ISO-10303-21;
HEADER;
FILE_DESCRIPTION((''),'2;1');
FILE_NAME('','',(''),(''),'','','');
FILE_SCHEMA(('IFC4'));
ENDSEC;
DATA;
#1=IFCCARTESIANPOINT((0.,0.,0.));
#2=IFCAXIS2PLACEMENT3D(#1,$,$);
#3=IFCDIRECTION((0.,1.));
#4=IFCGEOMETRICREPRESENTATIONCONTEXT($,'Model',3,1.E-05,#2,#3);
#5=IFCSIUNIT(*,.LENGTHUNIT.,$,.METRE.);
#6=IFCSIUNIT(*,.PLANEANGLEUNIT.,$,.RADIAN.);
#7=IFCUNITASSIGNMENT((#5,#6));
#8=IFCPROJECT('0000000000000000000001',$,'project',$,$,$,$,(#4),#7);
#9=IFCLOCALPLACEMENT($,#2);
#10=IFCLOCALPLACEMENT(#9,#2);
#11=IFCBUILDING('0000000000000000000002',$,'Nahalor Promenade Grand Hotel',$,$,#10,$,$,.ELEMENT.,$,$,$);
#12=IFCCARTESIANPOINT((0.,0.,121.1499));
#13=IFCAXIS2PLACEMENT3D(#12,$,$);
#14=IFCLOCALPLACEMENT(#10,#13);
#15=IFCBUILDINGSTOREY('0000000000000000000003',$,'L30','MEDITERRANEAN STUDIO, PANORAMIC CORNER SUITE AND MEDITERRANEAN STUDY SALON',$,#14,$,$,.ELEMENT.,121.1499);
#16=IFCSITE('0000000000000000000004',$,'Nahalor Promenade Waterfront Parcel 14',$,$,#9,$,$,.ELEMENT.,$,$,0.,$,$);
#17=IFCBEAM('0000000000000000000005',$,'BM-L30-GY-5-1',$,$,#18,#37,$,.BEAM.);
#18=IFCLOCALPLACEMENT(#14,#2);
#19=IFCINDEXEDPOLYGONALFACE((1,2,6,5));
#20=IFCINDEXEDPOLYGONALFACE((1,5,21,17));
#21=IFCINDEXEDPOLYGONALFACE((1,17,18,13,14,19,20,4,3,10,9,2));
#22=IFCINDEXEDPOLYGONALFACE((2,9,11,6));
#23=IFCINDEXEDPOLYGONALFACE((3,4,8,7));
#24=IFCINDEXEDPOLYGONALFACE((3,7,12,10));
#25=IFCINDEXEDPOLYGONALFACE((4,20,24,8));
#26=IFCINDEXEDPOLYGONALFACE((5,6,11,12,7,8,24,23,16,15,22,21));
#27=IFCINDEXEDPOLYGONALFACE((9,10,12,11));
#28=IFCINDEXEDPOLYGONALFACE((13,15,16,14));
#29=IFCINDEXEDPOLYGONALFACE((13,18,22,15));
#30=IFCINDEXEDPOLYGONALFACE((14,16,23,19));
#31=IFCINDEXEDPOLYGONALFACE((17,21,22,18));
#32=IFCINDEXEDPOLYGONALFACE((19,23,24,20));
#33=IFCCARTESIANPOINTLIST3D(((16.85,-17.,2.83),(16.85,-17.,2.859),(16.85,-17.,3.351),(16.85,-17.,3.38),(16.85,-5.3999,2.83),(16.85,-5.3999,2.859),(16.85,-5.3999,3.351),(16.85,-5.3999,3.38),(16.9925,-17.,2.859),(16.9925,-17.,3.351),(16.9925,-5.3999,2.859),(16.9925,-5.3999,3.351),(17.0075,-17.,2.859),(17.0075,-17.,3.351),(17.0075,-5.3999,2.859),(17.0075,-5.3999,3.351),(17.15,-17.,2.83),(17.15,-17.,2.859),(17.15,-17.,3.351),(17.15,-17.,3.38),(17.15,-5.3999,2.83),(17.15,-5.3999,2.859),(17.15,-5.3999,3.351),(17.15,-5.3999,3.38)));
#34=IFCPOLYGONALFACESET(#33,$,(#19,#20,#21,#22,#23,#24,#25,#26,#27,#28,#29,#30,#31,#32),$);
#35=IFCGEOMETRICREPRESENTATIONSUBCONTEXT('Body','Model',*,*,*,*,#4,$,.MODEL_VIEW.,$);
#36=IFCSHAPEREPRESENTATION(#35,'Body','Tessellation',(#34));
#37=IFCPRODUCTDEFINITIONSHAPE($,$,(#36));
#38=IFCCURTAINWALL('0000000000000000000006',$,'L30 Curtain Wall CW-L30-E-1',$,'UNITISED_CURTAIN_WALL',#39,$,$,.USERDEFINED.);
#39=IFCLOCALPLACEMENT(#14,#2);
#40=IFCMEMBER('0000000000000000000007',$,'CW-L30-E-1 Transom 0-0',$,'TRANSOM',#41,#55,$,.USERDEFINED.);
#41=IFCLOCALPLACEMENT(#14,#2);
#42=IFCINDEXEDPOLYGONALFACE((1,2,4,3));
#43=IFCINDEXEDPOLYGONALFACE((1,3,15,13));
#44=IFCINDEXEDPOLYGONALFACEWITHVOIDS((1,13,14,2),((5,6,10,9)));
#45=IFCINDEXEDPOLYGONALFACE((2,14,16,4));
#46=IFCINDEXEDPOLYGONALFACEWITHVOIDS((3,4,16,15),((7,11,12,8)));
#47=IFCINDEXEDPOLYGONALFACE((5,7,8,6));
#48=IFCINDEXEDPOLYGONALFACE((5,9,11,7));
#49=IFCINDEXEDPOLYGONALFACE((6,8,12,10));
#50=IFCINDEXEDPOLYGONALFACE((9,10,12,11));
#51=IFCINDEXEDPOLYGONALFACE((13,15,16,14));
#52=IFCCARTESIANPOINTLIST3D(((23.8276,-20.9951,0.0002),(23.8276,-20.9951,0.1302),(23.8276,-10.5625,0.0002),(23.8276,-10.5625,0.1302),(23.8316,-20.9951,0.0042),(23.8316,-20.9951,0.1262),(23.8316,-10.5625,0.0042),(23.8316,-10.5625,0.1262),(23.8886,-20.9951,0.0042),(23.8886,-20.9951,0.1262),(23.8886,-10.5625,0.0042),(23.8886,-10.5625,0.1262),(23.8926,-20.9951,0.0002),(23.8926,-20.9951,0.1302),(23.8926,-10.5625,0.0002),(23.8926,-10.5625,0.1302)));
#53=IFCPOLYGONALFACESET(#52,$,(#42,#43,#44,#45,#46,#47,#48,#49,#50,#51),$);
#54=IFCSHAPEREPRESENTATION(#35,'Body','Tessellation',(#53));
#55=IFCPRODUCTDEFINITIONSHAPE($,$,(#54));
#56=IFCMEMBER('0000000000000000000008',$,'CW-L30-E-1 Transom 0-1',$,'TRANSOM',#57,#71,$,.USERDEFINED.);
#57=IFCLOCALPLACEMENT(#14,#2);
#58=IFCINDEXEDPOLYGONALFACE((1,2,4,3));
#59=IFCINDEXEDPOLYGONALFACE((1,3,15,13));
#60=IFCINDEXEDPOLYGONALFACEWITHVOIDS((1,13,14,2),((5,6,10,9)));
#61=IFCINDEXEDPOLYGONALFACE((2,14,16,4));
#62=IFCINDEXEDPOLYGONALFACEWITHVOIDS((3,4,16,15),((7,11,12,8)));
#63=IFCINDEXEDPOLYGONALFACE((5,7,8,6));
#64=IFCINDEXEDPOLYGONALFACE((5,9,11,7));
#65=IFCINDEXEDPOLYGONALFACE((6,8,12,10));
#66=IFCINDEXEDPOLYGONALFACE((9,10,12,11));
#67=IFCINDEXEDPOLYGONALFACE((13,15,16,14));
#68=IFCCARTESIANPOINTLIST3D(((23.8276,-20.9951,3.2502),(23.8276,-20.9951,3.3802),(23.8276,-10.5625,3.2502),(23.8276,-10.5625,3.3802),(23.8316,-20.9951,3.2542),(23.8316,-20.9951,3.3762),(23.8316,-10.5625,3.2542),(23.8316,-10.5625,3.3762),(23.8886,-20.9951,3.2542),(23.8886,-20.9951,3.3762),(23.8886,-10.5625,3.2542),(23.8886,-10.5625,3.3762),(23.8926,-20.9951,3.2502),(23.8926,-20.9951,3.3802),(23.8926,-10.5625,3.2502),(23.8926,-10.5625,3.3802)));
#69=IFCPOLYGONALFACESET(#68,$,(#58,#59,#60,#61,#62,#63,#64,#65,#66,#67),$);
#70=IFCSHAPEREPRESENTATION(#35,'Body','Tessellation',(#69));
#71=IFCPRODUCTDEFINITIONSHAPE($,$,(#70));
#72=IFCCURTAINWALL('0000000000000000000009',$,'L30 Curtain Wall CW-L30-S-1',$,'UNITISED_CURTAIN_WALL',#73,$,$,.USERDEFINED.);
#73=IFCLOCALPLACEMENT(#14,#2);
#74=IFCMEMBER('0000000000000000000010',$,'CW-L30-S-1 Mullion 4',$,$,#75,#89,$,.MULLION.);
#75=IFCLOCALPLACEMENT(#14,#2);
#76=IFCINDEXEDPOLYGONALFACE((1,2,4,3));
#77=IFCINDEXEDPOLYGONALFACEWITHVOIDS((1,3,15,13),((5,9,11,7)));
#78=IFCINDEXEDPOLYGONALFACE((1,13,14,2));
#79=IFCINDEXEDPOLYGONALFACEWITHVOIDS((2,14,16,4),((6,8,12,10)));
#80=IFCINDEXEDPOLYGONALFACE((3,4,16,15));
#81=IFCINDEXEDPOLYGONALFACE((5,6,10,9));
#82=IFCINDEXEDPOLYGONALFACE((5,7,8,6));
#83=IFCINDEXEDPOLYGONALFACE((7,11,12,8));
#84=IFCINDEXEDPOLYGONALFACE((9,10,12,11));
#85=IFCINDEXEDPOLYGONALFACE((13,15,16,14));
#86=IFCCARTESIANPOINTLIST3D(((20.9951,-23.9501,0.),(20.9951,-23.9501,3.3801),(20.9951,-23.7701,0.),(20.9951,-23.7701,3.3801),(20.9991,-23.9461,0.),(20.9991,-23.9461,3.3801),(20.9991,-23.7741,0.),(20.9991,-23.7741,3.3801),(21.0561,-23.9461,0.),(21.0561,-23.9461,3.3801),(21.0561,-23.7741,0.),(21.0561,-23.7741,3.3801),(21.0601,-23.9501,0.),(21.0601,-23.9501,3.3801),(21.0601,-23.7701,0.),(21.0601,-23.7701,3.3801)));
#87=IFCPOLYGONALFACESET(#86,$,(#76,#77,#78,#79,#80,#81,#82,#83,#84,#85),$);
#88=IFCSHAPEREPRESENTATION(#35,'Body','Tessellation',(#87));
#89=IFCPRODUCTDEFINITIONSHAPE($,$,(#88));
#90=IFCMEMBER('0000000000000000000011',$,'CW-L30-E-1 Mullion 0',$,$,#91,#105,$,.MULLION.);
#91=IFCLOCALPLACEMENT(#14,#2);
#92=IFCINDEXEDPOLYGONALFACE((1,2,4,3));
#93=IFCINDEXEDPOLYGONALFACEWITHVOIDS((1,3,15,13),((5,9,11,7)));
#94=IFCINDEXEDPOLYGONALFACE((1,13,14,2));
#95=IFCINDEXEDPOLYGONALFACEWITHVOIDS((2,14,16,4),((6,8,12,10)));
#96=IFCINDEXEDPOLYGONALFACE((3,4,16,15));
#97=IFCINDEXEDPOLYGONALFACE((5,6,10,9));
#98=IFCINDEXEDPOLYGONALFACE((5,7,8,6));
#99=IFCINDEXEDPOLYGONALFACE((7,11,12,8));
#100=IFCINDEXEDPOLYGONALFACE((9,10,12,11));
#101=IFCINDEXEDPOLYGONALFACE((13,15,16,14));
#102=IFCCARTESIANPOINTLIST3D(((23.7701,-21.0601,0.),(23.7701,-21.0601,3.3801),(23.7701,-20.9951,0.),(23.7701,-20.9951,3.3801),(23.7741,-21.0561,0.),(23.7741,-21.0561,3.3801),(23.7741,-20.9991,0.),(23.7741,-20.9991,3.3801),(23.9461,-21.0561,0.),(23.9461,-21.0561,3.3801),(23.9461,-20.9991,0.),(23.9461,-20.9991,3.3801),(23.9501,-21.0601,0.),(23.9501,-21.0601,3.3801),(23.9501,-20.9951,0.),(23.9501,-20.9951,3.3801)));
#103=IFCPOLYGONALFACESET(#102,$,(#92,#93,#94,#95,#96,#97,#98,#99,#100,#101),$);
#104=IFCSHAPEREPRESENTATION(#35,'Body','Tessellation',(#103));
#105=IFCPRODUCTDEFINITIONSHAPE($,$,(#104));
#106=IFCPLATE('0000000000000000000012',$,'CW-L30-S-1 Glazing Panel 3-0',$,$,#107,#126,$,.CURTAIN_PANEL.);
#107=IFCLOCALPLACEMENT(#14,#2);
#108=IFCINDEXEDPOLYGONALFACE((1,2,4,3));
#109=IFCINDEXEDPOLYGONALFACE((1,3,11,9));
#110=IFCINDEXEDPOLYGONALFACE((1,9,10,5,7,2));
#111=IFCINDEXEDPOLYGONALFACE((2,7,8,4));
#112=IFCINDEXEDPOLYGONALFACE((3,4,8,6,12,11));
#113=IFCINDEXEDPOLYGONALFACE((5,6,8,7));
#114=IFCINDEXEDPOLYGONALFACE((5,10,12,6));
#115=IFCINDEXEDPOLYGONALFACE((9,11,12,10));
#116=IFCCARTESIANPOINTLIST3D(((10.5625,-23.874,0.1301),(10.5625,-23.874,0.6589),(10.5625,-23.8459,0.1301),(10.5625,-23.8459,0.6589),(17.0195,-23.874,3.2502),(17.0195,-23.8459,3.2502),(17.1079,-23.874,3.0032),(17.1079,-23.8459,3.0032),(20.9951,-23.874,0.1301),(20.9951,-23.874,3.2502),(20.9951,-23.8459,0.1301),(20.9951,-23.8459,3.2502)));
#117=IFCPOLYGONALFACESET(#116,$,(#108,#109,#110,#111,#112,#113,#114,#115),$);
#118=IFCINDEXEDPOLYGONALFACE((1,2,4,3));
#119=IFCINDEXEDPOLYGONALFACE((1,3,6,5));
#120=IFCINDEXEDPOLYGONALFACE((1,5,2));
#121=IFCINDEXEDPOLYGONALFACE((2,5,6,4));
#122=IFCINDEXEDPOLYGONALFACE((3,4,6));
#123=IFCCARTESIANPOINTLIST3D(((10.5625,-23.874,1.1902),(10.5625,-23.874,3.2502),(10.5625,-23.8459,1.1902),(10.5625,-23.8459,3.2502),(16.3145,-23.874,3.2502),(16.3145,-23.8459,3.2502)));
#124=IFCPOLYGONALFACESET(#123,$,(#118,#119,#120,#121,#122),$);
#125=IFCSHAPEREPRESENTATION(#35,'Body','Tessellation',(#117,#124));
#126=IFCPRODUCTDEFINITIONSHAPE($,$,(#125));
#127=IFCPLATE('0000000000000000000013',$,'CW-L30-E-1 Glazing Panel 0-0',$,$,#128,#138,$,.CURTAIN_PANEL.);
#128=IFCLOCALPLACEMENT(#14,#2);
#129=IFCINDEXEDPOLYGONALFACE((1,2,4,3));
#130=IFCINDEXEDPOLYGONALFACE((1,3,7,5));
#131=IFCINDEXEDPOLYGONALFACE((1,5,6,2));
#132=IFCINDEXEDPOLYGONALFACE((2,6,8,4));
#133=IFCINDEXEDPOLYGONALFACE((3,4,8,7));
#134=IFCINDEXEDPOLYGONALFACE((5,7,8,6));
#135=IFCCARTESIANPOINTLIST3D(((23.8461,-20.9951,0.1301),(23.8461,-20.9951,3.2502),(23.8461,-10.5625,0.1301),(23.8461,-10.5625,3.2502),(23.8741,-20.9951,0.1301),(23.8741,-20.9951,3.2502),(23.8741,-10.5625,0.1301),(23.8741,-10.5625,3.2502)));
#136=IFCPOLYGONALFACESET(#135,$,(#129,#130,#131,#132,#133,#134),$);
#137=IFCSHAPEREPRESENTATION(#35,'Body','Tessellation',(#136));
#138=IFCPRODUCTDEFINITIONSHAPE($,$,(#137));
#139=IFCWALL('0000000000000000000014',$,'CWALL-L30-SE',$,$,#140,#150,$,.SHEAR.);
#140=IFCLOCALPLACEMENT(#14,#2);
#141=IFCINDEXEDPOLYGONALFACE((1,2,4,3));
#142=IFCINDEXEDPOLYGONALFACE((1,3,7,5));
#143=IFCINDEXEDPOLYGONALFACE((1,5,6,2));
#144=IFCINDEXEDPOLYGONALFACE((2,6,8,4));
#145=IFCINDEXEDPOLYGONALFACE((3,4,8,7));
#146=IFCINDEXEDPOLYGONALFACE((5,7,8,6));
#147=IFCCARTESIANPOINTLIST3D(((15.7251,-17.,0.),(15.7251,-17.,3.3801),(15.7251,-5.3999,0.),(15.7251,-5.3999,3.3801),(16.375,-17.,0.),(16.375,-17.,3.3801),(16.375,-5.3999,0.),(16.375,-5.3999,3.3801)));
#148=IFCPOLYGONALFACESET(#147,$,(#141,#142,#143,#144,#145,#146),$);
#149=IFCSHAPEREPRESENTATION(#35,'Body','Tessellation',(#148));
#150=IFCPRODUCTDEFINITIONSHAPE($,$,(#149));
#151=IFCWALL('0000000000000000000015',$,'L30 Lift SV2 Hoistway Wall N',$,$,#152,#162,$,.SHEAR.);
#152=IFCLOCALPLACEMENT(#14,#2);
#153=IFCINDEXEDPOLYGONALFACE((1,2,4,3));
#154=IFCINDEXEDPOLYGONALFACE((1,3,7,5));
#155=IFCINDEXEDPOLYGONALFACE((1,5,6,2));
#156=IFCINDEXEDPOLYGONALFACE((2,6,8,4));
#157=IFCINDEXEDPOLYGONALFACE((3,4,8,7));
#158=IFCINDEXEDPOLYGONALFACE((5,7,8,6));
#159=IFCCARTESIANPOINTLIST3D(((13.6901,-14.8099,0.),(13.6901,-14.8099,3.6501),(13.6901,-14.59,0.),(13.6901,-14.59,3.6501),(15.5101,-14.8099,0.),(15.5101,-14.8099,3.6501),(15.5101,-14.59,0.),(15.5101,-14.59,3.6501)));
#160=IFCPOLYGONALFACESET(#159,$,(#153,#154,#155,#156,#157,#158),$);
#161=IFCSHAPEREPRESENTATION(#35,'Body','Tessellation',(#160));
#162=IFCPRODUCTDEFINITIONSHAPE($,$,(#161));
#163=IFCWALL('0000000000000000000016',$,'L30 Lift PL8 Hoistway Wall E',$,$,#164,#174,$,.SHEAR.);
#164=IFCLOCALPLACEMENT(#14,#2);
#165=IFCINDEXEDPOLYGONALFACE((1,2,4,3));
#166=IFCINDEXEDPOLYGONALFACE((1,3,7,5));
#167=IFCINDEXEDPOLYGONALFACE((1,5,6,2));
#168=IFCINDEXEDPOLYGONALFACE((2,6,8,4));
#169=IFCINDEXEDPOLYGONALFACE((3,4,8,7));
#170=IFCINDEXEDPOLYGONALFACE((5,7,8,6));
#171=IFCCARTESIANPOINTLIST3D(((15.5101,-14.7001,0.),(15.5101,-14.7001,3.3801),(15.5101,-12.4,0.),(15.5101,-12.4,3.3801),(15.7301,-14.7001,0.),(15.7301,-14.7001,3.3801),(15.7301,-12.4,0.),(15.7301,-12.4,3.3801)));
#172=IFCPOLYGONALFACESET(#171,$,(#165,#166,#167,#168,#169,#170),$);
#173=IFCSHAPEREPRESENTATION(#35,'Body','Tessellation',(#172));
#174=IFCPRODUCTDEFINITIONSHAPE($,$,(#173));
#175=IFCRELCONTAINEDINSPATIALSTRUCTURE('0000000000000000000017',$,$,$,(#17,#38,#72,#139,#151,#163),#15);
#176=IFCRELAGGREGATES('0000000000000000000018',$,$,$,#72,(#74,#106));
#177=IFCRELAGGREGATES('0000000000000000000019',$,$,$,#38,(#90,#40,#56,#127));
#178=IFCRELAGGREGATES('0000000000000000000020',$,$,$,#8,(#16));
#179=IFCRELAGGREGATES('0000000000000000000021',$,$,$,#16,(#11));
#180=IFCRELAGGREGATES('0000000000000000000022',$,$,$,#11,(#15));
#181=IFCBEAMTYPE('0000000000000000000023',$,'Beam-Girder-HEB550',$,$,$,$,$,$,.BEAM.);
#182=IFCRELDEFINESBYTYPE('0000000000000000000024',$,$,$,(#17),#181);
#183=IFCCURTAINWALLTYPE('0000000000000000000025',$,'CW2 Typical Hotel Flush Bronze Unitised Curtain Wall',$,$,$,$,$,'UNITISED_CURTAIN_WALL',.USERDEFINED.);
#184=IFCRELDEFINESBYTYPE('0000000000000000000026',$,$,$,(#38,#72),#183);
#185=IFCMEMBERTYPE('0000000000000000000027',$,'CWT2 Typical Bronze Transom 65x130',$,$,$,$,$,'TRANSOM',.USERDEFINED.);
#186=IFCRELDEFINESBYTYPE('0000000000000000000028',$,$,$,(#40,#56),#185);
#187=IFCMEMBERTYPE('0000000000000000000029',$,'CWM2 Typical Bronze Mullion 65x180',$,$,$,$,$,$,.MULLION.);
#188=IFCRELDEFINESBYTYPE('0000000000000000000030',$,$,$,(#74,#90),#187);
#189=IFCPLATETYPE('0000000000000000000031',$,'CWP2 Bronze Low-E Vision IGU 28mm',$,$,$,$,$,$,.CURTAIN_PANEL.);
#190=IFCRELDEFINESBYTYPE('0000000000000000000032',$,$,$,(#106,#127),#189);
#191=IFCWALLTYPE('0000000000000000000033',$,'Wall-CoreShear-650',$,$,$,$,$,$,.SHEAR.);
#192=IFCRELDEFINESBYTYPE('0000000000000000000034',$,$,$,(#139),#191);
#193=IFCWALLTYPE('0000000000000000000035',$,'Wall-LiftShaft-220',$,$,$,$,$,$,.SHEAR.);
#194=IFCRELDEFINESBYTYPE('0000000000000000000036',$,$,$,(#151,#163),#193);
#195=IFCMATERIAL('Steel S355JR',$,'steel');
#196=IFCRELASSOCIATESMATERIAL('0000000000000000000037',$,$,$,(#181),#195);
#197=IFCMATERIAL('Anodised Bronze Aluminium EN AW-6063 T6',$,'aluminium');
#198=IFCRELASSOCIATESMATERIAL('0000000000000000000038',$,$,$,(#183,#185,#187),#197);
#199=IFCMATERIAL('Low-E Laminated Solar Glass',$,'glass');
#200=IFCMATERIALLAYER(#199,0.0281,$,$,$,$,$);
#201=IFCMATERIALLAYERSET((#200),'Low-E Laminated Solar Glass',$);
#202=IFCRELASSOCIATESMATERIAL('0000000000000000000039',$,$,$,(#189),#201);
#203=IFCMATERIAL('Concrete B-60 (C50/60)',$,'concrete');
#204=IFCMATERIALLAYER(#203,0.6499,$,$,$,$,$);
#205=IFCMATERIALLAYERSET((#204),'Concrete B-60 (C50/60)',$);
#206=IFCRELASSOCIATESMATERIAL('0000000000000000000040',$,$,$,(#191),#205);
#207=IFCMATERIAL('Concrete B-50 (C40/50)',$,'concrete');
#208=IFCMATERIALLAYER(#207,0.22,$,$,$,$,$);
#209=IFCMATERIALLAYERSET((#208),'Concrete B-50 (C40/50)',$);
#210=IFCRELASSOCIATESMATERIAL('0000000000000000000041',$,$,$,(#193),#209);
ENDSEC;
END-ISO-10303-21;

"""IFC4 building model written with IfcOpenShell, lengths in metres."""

from ifc_helpers import new_model, si_unit, direction, frame, frame_2d, origin, origin_2d, place, context, subcontext, project, spatial, polyline, rectangle, hollow_rectangle, i_section, outline, extrude, source, transform, mapped, material, layer, layer_set, material_profile, profile_set, type_object, element, aggregate, save


model = new_model("IFC4")

# Units and contexts
model_context = context("Model", 3, precision=1e-05, world=origin(), true_north=direction((0.0, 1.0)))
body_context = subcontext(model_context, "Body", "Model", "MODEL_VIEW")
ifc_project = project(units=[si_unit("LENGTHUNIT", "METRE"), si_unit("PLANEANGLEUNIT", "RADIAN")], contexts=[model_context])

# Site, building, storey
site_placement = place(None, origin())
site = spatial("IfcSite", under=ifc_project, at=site_placement, Name="Nahalor Promenade Waterfront Parcel 14", CompositionType="ELEMENT", RefElevation=0.0)
building_placement = place(site_placement, origin())
building = spatial("IfcBuilding", under=site, at=building_placement, Name="Nahalor Promenade Grand Hotel", CompositionType="ELEMENT")
storey_placement = place(building_placement, frame((0.0, 0.0, 121.1499)))
storey = spatial("IfcBuildingStorey", under=building, at=storey_placement, Name="L30", Description="MEDITERRANEAN STUDIO, PANORAMIC CORNER SUITE AND MEDITERRANEAN STUDY SALON", CompositionType="ELEMENT", Elevation=121.1499)

# Shared definitions
ifc_material_1 = material(Name="Concrete B-60 (C50/60)", Category="concrete")

# Beam
ifc_material_2 = material(Name="Steel S355JR", Category="steel")
ifc_material_profile_1 = material_profile(ifc_material_2, i_section(OverallWidth=0.3, OverallDepth=0.55, WebThickness=0.015, FlangeThickness=0.029, at=origin_2d()), Name="HEB 550")
ifc_profile_set_1 = profile_set([ifc_material_profile_1], Name="Steel S355JR")
beam_type_1 = type_object("IfcBeamType", Name="Beam-Girder-HEB550", PredefinedType="BEAM", material=ifc_profile_set_1)
shared_shape_1 = source(origin(), body_context, "Body", "SweptSolid", [
    extrude(i_section(OverallWidth=0.3, OverallDepth=0.55, WebThickness=0.015, FlangeThickness=0.029, at=origin_2d()), origin(), (0.0, 0.0, 1.0), 11.6001),
])
beam_1_placement = place(storey_placement, frame((17.0, -17.0, 3.105), z_axis=(0.0, 1.0, 0.0), x_axis=(-1.0, 0.0, 0.0)))
element("IfcBeam", 1, at=beam_1_placement, inside=storey, type_object=beam_type_1, Name="BM-L30-GY-5-1", PredefinedType="BEAM", context=body_context, shape_type="MappedRepresentation", body=[
    mapped(shared_shape_1, transform((0.0, 0.0, 0.0), scale=1.0)),
])

# Curtain wall, members
ifc_material_3 = material(Name="Anodised Bronze Aluminium EN AW-6063 T6", Category="aluminium")
curtain_wall_type = type_object("IfcCurtainWallType", Name="CW2 Typical Hotel Flush Bronze Unitised Curtain Wall", ElementType="UNITISED_CURTAIN_WALL", PredefinedType="USERDEFINED", material=ifc_material_3)
curtain_wall_1_placement = place(storey_placement, origin())
curtain_wall_1 = element("IfcCurtainWall", 2, at=curtain_wall_1_placement, inside=storey, type_object=curtain_wall_type, Name="L30 Curtain Wall CW-L30-E-1", ObjectType="UNITISED_CURTAIN_WALL", PredefinedType="USERDEFINED")
ifc_material_profile_2 = material_profile(ifc_material_3, hollow_rectangle(XDim=0.065, YDim=0.13, WallThickness=0.004, at=origin_2d()), Name="CWT 65x130x4")
ifc_profile_set_2 = profile_set([ifc_material_profile_2], Name="Anodised Bronze Aluminium EN AW-6063 T6")
member_type_1 = type_object("IfcMemberType", Name="CWT2 Typical Bronze Transom 65x130", ElementType="TRANSOM", PredefinedType="USERDEFINED", material=ifc_profile_set_2)
shared_shape_2 = source(origin(), body_context, "Body", "SweptSolid", [
    extrude(hollow_rectangle(XDim=0.065, YDim=0.13, WallThickness=0.004, at=origin_2d()), origin(), (0.0, 0.0, 1.0), 10.4326),
])
member_1_placement = place(storey_placement, frame((23.8601, -20.9951, 0.0652), z_axis=(0.0, 1.0, 0.0), x_axis=(-1.0, 0.0, 0.0)))
member_1 = element("IfcMember", 3, at=member_1_placement, type_object=member_type_1, Name="CW-L30-E-1 Transom 0-0", ObjectType="TRANSOM", PredefinedType="USERDEFINED", context=body_context, shape_type="MappedRepresentation", body=[
    mapped(shared_shape_2, transform((0.0, 0.0, 0.0), scale=1.0)),
])
member_2_placement = place(storey_placement, frame((23.8601, -20.9951, 3.3152), z_axis=(0.0, 1.0, 0.0), x_axis=(-1.0, 0.0, 0.0)))
member_2 = element("IfcMember", 4, at=member_2_placement, type_object=member_type_1, Name="CW-L30-E-1 Transom 0-1", ObjectType="TRANSOM", PredefinedType="USERDEFINED", context=body_context, shape_type="MappedRepresentation", body=[
    mapped(shared_shape_2, transform((0.0, 0.0, 0.0), scale=1.0)),
])

# Curtain wall, member
curtain_wall_2_placement = place(storey_placement, origin())
curtain_wall_2 = element("IfcCurtainWall", 5, at=curtain_wall_2_placement, inside=storey, type_object=curtain_wall_type, Name="L30 Curtain Wall CW-L30-S-1", ObjectType="UNITISED_CURTAIN_WALL", PredefinedType="USERDEFINED")
ifc_material_profile_3 = material_profile(ifc_material_3, hollow_rectangle(XDim=0.065, YDim=0.18, WallThickness=0.004, at=origin_2d()), Name="CWM 65x180x4")
ifc_profile_set_3 = profile_set([ifc_material_profile_3], Name="Anodised Bronze Aluminium EN AW-6063 T6")
member_type_2 = type_object("IfcMemberType", Name="CWM2 Typical Bronze Mullion 65x180", PredefinedType="MULLION", material=ifc_profile_set_3)
shared_shape_3 = source(origin(), body_context, "Body", "SweptSolid", [
    extrude(hollow_rectangle(XDim=0.065, YDim=0.18, WallThickness=0.004, at=origin_2d()), origin(), (0.0, 0.0, 1.0), 3.3801),
])
member_3_placement = place(storey_placement, frame((21.0276, -23.8601, 0.0), z_axis=(0.0, 0.0, 1.0), x_axis=(1.0, 0.0, 0.0)))
member_3 = element("IfcMember", 6, at=member_3_placement, type_object=member_type_2, Name="CW-L30-S-1 Mullion 4", PredefinedType="MULLION", context=body_context, shape_type="MappedRepresentation", body=[
    mapped(shared_shape_3, transform((0.0, 0.0, 0.0), scale=1.0)),
])

# Member
member_4_placement = place(storey_placement, frame((23.8601, -21.0276, 0.0), z_axis=(0.0, 0.0, 1.0), x_axis=(0.0, 1.0, 0.0)))
member_4 = element("IfcMember", 7, at=member_4_placement, type_object=member_type_2, Name="CW-L30-E-1 Mullion 0", PredefinedType="MULLION", context=body_context, shape_type="MappedRepresentation", body=[
    mapped(shared_shape_3, transform((0.0, 0.0, 0.0), scale=1.0)),
])

# Plates
ifc_material_4 = material(Name="Low-E Laminated Solar Glass", Category="glass")
ifc_layer_1 = layer(ifc_material_4, 0.0281)
ifc_layer_set_1 = layer_set([ifc_layer_1], Name="Low-E Laminated Solar Glass")
plate_type = type_object("IfcPlateType", Name="CWP2 Bronze Low-E Vision IGU 28mm", PredefinedType="CURTAIN_PANEL", material=ifc_layer_set_1)
plate_1_placement = place(storey_placement, frame((15.7788, -23.8601, 0.1301), z_axis=(0.0, 0.0, 1.0), x_axis=(1.0, 0.0, 0.0)))
plate_1 = element("IfcPlate", 8, at=plate_1_placement, type_object=plate_type, Name="CW-L30-S-1 Glazing Panel 3-0", PredefinedType="CURTAIN_PANEL", context=body_context, shape_type="SweptSolid", body=[
    extrude(outline(polyline([(5.2163, 0.0), (5.2163, 3.1201), (1.2407, 3.1201), (1.3291, 2.873), (-5.2163, 0.5288), (-5.2163, 0.0), (5.2163, 0.0)])), frame((0.0, 0.0142, 0.0), z_axis=(0.0, -1.0, 0.0), x_axis=(1.0, 0.0, 0.0)), (0.0, 0.0, 1.0), 0.0281),
    extrude(outline(polyline([(0.5356, 3.1201), (-5.2163, 3.1201), (-5.2163, 1.0601), (0.5356, 3.1201)])), frame((0.0, 0.0142, 0.0), z_axis=(0.0, -1.0, 0.0), x_axis=(1.0, 0.0, 0.0)), (0.0, 0.0, 1.0), 0.0281),
])
aggregate(curtain_wall_2, [member_3, plate_1])
shared_shape_4 = source(origin(), body_context, "Body", "SweptSolid", [
    extrude(rectangle(XDim=10.4326, YDim=0.0281, at=origin_2d()), origin(), (0.0, 0.0, 1.0), 3.1201),
])
plate_2_placement = place(storey_placement, frame((23.8601, -15.7788, 0.1301), z_axis=(0.0, 0.0, 1.0), x_axis=(0.0, 1.0, 0.0)))
plate_2 = element("IfcPlate", 9, at=plate_2_placement, type_object=plate_type, Name="CW-L30-E-1 Glazing Panel 0-0", PredefinedType="CURTAIN_PANEL", context=body_context, shape_type="MappedRepresentation", body=[
    mapped(shared_shape_4, transform((0.0, 0.0, 0.0), scale=1.0)),
])
aggregate(curtain_wall_1, [member_4, member_1, member_2, plate_2])

# Walls
ifc_layer_2 = layer(ifc_material_1, 0.6499)
ifc_layer_set_2 = layer_set([ifc_layer_2], Name="Concrete B-60 (C50/60)")
wall_type_1 = type_object("IfcWallType", Name="Wall-CoreShear-650", PredefinedType="SHEAR", material=ifc_layer_set_2)
shared_shape_5 = source(origin(), body_context, "Body", "SweptSolid", [
    extrude(rectangle(XDim=11.6001, YDim=0.6499, at=frame_2d((5.8, 0.0))), origin(), (0.0, 0.0, 1.0), 3.3801),
])
wall_1_placement = place(storey_placement, frame((16.05, -17.0, 0.0), z_axis=(0.0, 0.0, 1.0), x_axis=(0.0, 1.0, 0.0)))
element("IfcWall", 10, at=wall_1_placement, inside=storey, type_object=wall_type_1, Name="CWALL-L30-SE", PredefinedType="SHEAR", context=body_context, shape_type="MappedRepresentation", body=[
    mapped(shared_shape_5, transform((0.0, 0.0, 0.0), scale=1.0)),
])
ifc_material_5 = material(Name="Concrete B-50 (C40/50)", Category="concrete")
ifc_layer_3 = layer(ifc_material_5, 0.22)
ifc_layer_set_3 = layer_set([ifc_layer_3], Name="Concrete B-50 (C40/50)")
wall_type_2 = type_object("IfcWallType", Name="Wall-LiftShaft-220", PredefinedType="SHEAR", material=ifc_layer_set_3)
shared_shape_6 = source(origin(), body_context, "Body", "SweptSolid", [
    extrude(rectangle(XDim=1.8201, YDim=0.22, at=frame_2d((0.9102, 0.0))), origin(), (0.0, 0.0, 1.0), 3.6501),
])
wall_2_placement = place(storey_placement, frame((13.6899, -14.7, 0.0), z_axis=(0.0, 0.0, 1.0), x_axis=(1.0, 0.0, 0.0)))
element("IfcWall", 11, at=wall_2_placement, inside=storey, type_object=wall_type_2, Name="L30 Lift SV2 Hoistway Wall N", PredefinedType="SHEAR", context=body_context, shape_type="MappedRepresentation", body=[
    mapped(shared_shape_6, transform((0.0, 0.0, 0.0), scale=1.0)),
])
shared_shape_7 = source(origin(), body_context, "Body", "SweptSolid", [
    extrude(rectangle(XDim=2.3, YDim=0.22, at=frame_2d((1.1499, 0.0))), origin(), (0.0, 0.0, 1.0), 3.3801),
])
wall_3_placement = place(storey_placement, frame((15.6201, -14.7, 0.0), z_axis=(0.0, 0.0, 1.0), x_axis=(0.0, 1.0, 0.0)))
element("IfcWall", 12, at=wall_3_placement, inside=storey, type_object=wall_type_2, Name="L30 Lift PL8 Hoistway Wall E", PredefinedType="SHEAR", context=body_context, shape_type="MappedRepresentation", body=[
    mapped(shared_shape_7, transform((0.0, 0.0, 0.0), scale=1.0)),
])

save(model, "model.ifc")
